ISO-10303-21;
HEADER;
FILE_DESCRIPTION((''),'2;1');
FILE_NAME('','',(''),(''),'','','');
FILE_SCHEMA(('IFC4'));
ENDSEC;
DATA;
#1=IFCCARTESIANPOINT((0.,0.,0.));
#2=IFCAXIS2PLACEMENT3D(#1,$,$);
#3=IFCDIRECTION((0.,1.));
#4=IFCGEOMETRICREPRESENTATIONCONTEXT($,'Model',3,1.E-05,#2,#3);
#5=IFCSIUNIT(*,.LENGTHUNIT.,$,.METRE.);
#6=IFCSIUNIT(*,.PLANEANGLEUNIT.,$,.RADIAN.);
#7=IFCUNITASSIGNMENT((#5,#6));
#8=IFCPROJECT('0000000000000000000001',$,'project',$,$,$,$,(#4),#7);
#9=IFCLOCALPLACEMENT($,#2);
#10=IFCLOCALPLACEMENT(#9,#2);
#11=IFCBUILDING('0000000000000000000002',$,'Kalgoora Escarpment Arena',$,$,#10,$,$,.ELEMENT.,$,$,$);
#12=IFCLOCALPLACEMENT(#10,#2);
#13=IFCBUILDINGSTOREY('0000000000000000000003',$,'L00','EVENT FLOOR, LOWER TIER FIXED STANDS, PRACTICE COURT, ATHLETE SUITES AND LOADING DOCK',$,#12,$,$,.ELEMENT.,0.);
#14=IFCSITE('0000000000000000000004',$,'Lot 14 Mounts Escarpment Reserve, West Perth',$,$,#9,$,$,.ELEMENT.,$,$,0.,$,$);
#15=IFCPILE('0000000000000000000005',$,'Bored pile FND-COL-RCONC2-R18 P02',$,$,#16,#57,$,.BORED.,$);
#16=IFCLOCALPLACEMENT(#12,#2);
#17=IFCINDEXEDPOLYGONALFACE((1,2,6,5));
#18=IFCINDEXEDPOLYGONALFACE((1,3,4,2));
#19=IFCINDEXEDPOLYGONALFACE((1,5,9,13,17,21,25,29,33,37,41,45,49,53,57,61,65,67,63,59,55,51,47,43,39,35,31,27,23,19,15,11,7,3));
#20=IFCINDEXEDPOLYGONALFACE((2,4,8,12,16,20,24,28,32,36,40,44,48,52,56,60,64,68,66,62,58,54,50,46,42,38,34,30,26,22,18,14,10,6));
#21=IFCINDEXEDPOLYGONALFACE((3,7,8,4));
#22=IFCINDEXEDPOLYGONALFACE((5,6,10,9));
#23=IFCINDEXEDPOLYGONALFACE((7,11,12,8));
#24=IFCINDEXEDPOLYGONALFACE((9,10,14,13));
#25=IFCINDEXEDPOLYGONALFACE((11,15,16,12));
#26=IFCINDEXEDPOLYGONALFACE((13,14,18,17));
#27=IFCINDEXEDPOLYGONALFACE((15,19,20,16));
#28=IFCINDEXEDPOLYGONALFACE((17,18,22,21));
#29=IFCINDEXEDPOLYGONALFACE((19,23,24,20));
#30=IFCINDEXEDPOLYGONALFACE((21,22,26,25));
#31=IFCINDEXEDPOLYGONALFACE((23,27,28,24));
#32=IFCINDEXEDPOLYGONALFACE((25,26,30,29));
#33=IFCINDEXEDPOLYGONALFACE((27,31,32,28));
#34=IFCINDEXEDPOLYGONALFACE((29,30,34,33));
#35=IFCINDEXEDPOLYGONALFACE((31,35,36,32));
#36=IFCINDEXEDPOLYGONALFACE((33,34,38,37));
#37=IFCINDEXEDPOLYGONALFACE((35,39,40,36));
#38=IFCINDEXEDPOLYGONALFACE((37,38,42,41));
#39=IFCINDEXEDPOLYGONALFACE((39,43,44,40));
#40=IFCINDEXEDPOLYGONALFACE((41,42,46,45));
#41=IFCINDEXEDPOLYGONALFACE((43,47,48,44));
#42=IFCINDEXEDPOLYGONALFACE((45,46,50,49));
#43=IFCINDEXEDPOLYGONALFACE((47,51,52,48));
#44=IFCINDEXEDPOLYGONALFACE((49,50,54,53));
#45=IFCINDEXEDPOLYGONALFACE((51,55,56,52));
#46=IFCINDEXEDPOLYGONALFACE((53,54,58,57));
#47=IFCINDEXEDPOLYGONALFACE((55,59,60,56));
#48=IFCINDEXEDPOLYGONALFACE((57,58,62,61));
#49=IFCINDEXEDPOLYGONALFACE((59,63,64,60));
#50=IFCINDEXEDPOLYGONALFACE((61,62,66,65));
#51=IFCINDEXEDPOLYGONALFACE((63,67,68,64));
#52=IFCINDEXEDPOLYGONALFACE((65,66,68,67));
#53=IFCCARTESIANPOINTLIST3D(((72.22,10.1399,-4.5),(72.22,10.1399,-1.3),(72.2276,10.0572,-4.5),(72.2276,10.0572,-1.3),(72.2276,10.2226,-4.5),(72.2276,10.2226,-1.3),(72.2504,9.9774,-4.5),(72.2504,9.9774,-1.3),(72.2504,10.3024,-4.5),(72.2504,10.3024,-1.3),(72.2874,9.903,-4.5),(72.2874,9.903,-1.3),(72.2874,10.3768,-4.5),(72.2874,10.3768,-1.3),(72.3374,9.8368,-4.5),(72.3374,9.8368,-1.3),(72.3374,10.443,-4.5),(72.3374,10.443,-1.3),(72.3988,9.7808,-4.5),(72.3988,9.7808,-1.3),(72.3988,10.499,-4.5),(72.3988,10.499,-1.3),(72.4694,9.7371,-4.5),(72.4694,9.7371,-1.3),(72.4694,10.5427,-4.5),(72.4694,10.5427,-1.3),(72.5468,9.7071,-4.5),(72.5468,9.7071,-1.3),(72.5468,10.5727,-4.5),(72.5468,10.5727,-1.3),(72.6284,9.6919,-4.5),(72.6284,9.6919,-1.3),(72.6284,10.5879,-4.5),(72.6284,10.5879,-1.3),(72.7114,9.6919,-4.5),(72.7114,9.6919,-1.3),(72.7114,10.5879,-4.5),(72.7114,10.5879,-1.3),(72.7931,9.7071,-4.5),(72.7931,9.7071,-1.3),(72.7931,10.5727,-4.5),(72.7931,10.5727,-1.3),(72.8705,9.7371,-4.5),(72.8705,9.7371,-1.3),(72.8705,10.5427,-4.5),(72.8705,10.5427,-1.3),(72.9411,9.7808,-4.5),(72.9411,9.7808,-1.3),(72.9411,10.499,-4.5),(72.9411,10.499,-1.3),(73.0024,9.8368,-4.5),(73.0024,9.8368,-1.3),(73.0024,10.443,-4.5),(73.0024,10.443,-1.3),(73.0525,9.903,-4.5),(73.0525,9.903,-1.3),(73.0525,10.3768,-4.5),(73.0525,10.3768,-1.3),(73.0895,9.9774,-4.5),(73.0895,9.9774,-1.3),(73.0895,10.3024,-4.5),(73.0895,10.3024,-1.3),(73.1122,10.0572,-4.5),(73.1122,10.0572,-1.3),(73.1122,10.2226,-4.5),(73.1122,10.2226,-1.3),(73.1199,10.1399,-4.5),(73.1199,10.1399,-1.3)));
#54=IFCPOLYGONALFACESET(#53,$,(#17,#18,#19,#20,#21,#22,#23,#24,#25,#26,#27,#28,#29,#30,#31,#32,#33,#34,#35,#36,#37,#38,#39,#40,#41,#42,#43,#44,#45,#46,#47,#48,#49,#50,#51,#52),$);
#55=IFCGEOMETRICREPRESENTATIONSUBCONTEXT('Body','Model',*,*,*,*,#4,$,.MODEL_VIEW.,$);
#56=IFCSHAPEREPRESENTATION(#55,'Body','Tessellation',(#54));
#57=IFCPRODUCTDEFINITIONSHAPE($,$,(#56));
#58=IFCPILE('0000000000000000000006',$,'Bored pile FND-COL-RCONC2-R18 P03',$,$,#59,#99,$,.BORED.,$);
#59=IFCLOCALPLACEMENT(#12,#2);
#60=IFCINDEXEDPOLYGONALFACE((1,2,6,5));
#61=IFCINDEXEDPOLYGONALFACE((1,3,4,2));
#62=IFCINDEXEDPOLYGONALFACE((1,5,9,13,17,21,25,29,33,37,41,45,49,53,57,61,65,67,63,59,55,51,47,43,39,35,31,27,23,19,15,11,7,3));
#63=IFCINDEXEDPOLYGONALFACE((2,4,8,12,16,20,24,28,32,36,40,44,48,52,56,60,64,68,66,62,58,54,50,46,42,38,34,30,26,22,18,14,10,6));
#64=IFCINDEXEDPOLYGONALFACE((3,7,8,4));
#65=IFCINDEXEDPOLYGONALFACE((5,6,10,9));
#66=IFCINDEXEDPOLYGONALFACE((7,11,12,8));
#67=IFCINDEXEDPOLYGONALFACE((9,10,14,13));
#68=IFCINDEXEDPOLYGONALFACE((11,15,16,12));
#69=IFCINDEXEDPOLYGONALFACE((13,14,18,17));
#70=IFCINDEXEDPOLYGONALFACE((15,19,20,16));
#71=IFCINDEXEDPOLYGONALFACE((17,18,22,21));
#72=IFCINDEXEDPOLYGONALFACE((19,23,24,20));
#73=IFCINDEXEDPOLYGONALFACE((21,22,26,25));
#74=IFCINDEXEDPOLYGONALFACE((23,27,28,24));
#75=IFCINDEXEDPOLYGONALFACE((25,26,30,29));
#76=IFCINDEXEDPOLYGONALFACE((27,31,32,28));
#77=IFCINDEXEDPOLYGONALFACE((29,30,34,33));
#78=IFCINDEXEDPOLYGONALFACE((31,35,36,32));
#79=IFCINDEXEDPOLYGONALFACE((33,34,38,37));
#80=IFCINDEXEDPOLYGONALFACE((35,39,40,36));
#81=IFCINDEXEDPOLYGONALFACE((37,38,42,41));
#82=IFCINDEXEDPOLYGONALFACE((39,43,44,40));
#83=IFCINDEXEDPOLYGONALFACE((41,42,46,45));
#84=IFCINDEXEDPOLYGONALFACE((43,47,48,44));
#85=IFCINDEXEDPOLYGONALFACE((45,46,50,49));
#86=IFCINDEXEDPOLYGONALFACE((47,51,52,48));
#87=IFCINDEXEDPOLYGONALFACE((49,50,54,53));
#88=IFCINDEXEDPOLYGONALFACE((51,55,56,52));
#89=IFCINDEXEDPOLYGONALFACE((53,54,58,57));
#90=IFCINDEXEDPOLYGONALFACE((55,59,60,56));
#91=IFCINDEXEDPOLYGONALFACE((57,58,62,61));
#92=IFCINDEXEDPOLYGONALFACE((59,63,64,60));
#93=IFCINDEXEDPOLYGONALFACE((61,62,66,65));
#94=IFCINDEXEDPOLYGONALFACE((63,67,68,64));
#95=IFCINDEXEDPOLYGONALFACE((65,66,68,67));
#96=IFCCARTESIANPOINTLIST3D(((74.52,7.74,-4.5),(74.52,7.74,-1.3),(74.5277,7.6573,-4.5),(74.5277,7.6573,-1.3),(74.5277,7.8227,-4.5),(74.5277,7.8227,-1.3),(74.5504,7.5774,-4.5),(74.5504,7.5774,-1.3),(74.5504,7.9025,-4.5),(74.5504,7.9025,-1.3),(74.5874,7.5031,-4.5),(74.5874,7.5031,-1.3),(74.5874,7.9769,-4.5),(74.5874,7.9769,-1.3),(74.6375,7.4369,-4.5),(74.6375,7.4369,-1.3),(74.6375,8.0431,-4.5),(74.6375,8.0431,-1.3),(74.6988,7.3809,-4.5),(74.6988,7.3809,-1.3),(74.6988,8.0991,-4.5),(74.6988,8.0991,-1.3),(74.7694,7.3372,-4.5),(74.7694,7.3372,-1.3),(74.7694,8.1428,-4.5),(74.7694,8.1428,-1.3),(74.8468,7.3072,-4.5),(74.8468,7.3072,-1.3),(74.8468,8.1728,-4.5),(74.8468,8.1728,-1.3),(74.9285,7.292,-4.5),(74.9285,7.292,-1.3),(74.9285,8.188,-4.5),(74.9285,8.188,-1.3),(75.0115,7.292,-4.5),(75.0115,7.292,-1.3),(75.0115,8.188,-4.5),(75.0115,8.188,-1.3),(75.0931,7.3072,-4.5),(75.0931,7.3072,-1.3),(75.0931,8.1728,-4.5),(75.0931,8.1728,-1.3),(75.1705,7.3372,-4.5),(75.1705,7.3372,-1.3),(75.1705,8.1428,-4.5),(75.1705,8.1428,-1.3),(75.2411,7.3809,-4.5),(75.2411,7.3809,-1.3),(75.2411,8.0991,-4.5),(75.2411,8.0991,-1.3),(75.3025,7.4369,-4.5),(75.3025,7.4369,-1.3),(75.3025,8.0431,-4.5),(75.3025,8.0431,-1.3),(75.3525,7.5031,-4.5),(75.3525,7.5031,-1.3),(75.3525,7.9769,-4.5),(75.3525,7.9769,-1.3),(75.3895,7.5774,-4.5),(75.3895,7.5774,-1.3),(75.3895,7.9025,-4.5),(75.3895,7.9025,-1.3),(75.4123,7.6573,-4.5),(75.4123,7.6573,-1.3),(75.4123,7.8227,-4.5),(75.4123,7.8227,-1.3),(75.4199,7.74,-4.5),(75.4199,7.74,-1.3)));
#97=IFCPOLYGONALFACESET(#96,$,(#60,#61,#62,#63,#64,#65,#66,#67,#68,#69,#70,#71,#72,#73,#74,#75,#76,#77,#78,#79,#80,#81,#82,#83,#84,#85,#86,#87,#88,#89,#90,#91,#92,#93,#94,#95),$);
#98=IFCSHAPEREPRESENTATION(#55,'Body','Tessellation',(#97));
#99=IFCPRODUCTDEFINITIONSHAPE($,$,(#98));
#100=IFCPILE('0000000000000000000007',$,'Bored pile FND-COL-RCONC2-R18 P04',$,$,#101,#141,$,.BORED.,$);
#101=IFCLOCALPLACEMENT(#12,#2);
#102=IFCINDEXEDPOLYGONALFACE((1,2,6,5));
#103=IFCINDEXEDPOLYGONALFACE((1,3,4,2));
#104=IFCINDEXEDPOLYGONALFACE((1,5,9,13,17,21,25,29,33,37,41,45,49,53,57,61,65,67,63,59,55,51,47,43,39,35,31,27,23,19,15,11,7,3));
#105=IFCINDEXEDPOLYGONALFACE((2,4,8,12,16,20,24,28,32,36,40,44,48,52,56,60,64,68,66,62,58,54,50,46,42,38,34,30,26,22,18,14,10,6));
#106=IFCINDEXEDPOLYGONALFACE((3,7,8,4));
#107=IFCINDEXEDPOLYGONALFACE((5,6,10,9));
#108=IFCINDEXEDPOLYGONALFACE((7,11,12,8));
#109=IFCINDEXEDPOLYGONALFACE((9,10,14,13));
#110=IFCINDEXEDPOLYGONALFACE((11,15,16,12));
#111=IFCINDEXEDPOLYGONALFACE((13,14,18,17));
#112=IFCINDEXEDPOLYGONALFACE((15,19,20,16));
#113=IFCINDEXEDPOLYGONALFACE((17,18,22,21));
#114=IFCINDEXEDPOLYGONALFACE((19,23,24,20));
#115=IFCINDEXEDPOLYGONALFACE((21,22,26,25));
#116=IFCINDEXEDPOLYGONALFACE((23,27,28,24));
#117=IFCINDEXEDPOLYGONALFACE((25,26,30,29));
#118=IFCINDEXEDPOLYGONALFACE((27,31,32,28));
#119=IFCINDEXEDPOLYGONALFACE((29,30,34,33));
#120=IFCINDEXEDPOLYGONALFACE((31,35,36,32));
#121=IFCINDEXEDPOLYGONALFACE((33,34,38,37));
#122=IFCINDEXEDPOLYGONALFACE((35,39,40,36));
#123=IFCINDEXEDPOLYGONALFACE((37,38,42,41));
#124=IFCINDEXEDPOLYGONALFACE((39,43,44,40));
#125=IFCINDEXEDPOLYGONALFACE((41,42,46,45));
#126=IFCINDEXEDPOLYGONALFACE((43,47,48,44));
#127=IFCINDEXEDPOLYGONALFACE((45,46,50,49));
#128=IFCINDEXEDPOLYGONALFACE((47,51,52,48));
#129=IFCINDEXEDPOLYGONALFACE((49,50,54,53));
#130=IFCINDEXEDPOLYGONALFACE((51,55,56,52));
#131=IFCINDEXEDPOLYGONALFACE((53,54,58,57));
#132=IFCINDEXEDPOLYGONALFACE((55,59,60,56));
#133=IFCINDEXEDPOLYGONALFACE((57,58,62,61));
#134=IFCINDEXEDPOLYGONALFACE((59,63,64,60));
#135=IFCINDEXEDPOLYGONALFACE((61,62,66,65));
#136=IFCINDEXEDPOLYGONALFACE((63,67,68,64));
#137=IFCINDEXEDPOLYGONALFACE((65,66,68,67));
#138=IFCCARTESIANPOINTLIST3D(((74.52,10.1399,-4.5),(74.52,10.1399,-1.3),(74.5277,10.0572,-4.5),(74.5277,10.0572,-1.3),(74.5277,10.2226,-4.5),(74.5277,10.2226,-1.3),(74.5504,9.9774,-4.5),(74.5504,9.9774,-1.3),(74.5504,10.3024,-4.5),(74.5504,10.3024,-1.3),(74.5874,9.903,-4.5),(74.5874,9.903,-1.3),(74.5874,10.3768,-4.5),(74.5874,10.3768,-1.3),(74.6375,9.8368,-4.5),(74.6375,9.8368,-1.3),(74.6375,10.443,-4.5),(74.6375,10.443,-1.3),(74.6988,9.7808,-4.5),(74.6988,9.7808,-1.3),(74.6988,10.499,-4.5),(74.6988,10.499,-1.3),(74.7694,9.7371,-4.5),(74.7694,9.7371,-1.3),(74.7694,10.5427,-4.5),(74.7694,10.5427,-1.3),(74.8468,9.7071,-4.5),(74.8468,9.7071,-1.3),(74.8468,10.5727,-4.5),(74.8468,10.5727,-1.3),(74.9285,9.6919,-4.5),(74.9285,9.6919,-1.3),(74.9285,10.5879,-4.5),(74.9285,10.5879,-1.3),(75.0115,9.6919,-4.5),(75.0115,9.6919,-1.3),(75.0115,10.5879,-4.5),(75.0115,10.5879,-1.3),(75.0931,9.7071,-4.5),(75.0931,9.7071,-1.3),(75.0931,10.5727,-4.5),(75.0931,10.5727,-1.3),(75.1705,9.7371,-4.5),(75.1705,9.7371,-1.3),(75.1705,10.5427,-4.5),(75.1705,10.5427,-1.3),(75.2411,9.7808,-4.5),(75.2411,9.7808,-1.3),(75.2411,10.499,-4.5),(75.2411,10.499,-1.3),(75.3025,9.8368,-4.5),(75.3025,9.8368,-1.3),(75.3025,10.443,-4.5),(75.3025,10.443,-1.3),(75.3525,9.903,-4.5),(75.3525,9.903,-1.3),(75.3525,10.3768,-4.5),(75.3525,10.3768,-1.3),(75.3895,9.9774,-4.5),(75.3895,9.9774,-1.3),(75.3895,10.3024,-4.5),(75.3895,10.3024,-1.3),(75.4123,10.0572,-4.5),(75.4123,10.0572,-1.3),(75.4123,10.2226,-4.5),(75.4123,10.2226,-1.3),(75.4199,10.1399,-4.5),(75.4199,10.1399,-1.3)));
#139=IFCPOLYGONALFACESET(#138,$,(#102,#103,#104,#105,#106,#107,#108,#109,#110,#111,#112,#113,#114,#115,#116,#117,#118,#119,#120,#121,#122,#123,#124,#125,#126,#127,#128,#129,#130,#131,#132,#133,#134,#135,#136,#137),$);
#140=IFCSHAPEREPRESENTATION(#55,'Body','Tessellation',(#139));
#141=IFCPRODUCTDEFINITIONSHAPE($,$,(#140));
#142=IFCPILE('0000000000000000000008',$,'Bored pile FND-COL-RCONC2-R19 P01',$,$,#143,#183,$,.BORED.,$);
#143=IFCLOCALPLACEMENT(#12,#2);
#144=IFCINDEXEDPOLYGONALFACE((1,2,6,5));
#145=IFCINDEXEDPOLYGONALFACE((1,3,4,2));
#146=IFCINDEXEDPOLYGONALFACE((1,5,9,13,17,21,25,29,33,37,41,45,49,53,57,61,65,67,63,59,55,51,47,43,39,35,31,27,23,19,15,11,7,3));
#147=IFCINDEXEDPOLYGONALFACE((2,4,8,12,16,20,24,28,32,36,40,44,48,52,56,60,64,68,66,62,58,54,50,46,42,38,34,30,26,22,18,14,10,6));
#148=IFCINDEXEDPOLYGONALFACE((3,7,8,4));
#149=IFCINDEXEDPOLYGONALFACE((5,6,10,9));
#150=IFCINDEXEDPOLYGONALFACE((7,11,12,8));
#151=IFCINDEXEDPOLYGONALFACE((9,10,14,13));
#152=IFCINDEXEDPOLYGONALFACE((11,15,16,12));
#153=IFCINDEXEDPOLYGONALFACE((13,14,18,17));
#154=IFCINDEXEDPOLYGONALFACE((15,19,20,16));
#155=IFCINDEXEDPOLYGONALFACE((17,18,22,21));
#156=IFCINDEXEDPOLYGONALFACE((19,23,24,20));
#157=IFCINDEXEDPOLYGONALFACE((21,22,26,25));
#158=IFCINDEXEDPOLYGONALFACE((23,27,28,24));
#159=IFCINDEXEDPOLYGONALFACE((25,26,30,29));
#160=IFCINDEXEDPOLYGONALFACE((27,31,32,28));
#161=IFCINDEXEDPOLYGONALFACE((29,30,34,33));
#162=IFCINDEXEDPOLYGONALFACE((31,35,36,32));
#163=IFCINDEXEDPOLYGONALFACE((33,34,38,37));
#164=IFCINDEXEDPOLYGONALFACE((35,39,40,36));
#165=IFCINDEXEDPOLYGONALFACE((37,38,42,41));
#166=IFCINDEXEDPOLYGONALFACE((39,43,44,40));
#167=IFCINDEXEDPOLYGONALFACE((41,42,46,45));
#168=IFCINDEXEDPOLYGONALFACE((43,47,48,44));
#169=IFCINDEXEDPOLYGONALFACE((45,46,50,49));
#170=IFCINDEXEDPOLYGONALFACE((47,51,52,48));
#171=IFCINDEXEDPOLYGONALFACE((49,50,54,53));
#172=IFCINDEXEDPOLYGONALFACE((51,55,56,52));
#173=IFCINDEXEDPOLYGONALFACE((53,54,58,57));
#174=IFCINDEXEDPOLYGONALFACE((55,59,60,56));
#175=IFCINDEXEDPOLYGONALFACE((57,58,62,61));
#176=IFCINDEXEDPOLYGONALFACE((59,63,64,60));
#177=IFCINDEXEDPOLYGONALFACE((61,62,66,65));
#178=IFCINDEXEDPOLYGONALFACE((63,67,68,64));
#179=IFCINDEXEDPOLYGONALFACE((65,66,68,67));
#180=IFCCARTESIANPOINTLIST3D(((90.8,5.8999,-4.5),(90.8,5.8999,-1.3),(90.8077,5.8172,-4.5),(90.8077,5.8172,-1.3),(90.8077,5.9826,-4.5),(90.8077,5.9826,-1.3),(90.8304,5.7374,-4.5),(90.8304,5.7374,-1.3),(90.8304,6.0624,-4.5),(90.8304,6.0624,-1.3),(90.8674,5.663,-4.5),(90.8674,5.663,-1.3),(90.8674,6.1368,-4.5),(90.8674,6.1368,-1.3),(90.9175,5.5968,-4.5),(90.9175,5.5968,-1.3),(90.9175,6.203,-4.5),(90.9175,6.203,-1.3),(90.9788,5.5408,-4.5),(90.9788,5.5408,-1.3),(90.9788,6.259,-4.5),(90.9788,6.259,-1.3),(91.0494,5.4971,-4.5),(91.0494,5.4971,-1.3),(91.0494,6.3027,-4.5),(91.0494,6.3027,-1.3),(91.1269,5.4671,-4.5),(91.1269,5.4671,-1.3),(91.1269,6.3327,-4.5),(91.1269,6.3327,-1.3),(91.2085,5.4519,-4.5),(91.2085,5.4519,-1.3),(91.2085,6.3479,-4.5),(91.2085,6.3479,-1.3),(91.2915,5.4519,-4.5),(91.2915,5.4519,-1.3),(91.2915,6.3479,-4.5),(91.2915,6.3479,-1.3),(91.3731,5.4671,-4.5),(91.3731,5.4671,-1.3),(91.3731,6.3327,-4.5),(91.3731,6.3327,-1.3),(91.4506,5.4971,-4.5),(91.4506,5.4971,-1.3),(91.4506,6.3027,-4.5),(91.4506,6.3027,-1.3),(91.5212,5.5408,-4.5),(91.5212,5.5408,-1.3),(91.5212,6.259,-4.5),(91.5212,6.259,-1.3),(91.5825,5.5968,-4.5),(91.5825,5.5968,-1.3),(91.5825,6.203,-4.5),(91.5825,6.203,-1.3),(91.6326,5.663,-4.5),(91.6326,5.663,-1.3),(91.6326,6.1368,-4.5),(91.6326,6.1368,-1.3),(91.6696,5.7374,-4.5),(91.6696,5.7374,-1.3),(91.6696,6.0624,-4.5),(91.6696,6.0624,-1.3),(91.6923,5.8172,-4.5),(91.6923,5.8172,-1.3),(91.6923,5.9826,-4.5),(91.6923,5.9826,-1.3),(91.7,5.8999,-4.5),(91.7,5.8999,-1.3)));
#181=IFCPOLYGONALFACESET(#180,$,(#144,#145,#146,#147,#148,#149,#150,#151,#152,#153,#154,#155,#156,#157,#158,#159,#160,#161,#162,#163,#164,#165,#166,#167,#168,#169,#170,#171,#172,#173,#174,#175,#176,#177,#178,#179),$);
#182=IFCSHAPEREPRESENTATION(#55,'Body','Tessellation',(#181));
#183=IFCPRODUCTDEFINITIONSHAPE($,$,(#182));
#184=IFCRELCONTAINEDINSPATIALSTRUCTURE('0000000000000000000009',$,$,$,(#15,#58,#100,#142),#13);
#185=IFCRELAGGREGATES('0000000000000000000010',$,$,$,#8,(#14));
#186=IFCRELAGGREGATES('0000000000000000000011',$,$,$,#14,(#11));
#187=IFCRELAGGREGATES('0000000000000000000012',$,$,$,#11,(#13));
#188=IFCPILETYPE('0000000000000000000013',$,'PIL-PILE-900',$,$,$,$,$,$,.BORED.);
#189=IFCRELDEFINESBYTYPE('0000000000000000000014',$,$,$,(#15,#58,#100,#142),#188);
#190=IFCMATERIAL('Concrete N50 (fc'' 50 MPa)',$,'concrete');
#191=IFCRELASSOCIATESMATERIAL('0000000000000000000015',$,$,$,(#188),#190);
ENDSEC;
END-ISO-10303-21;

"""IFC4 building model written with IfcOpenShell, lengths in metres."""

from ifc_helpers import new_model, si_unit, direction, frame, origin, origin_2d, place, context, subcontext, project, spatial, circle, extrude, material, material_profile, profile_set, type_object, element, save


model = new_model("IFC4")

# Units and contexts
model_context = context("Model", 3, precision=1e-05, world=origin(), true_north=direction((0.0, 1.0)))
body_context = subcontext(model_context, "Body", "Model", "MODEL_VIEW")
ifc_project = project(units=[si_unit("LENGTHUNIT", "METRE"), si_unit("PLANEANGLEUNIT", "RADIAN")], contexts=[model_context])

# Site, building, storey
site_placement = place(None, origin())
site = spatial("IfcSite", under=ifc_project, at=site_placement, Name="Lot 14 Mounts Escarpment Reserve, West Perth", CompositionType="ELEMENT", RefElevation=0.0)
building_placement = place(site_placement, origin())
building = spatial("IfcBuilding", under=site, at=building_placement, Name="Kalgoora Escarpment Arena", CompositionType="ELEMENT")
storey_placement = place(building_placement, origin())
storey = spatial("IfcBuildingStorey", under=building, at=storey_placement, Name="L00", Description="EVENT FLOOR, LOWER TIER FIXED STANDS, PRACTICE COURT, ATHLETE SUITES AND LOADING DOCK", CompositionType="ELEMENT", Elevation=0.0)

# Piles
ifc_material_1 = material(Name="Concrete N50 (fc' 50 MPa)", Category="concrete")
ifc_material_profile_1 = material_profile(ifc_material_1, circle(Radius=0.45, at=origin_2d()))
ifc_profile_set_1 = profile_set([ifc_material_profile_1], Name="Concrete N50 (fc' 50 MPa)")
pile_type_1 = type_object("IfcPileType", Name="PIL-PILE-900", PredefinedType="BORED", material=ifc_profile_set_1)
for number, where, z_axis, x_axis, name in (
    (1, (72.6699, 10.1399, -1.3), (0.0, 0.0, -1.0), (1.0, 0.0, 0.0), "Bored pile FND-COL-RCONC2-R18 P02"),
    (2, (74.97, 7.74, -1.3), (0.0, 0.0, -1.0), (1.0, 0.0, 0.0), "Bored pile FND-COL-RCONC2-R18 P03"),
    (3, (74.97, 10.1399, -1.3), (0.0, 0.0, -1.0), (1.0, 0.0, 0.0), "Bored pile FND-COL-RCONC2-R18 P04"),
    (4, (91.25, 5.8999, -1.3), (0.0, 0.0, -1.0), (1.0, 0.0, 0.0), "Bored pile FND-COL-RCONC2-R19 P01"),
):
    element("IfcPile", number, at=place(storey_placement, frame(where, z_axis=z_axis, x_axis=x_axis)), inside=storey, type_object=pile_type_1, Name=name, PredefinedType="BORED", context=body_context, shape_type="SweptSolid", body=[
        extrude(circle(Radius=0.45, at=origin_2d()), origin(), (0.0, 0.0, 1.0), 3.2),
    ])

save(model, "model.ifc")
